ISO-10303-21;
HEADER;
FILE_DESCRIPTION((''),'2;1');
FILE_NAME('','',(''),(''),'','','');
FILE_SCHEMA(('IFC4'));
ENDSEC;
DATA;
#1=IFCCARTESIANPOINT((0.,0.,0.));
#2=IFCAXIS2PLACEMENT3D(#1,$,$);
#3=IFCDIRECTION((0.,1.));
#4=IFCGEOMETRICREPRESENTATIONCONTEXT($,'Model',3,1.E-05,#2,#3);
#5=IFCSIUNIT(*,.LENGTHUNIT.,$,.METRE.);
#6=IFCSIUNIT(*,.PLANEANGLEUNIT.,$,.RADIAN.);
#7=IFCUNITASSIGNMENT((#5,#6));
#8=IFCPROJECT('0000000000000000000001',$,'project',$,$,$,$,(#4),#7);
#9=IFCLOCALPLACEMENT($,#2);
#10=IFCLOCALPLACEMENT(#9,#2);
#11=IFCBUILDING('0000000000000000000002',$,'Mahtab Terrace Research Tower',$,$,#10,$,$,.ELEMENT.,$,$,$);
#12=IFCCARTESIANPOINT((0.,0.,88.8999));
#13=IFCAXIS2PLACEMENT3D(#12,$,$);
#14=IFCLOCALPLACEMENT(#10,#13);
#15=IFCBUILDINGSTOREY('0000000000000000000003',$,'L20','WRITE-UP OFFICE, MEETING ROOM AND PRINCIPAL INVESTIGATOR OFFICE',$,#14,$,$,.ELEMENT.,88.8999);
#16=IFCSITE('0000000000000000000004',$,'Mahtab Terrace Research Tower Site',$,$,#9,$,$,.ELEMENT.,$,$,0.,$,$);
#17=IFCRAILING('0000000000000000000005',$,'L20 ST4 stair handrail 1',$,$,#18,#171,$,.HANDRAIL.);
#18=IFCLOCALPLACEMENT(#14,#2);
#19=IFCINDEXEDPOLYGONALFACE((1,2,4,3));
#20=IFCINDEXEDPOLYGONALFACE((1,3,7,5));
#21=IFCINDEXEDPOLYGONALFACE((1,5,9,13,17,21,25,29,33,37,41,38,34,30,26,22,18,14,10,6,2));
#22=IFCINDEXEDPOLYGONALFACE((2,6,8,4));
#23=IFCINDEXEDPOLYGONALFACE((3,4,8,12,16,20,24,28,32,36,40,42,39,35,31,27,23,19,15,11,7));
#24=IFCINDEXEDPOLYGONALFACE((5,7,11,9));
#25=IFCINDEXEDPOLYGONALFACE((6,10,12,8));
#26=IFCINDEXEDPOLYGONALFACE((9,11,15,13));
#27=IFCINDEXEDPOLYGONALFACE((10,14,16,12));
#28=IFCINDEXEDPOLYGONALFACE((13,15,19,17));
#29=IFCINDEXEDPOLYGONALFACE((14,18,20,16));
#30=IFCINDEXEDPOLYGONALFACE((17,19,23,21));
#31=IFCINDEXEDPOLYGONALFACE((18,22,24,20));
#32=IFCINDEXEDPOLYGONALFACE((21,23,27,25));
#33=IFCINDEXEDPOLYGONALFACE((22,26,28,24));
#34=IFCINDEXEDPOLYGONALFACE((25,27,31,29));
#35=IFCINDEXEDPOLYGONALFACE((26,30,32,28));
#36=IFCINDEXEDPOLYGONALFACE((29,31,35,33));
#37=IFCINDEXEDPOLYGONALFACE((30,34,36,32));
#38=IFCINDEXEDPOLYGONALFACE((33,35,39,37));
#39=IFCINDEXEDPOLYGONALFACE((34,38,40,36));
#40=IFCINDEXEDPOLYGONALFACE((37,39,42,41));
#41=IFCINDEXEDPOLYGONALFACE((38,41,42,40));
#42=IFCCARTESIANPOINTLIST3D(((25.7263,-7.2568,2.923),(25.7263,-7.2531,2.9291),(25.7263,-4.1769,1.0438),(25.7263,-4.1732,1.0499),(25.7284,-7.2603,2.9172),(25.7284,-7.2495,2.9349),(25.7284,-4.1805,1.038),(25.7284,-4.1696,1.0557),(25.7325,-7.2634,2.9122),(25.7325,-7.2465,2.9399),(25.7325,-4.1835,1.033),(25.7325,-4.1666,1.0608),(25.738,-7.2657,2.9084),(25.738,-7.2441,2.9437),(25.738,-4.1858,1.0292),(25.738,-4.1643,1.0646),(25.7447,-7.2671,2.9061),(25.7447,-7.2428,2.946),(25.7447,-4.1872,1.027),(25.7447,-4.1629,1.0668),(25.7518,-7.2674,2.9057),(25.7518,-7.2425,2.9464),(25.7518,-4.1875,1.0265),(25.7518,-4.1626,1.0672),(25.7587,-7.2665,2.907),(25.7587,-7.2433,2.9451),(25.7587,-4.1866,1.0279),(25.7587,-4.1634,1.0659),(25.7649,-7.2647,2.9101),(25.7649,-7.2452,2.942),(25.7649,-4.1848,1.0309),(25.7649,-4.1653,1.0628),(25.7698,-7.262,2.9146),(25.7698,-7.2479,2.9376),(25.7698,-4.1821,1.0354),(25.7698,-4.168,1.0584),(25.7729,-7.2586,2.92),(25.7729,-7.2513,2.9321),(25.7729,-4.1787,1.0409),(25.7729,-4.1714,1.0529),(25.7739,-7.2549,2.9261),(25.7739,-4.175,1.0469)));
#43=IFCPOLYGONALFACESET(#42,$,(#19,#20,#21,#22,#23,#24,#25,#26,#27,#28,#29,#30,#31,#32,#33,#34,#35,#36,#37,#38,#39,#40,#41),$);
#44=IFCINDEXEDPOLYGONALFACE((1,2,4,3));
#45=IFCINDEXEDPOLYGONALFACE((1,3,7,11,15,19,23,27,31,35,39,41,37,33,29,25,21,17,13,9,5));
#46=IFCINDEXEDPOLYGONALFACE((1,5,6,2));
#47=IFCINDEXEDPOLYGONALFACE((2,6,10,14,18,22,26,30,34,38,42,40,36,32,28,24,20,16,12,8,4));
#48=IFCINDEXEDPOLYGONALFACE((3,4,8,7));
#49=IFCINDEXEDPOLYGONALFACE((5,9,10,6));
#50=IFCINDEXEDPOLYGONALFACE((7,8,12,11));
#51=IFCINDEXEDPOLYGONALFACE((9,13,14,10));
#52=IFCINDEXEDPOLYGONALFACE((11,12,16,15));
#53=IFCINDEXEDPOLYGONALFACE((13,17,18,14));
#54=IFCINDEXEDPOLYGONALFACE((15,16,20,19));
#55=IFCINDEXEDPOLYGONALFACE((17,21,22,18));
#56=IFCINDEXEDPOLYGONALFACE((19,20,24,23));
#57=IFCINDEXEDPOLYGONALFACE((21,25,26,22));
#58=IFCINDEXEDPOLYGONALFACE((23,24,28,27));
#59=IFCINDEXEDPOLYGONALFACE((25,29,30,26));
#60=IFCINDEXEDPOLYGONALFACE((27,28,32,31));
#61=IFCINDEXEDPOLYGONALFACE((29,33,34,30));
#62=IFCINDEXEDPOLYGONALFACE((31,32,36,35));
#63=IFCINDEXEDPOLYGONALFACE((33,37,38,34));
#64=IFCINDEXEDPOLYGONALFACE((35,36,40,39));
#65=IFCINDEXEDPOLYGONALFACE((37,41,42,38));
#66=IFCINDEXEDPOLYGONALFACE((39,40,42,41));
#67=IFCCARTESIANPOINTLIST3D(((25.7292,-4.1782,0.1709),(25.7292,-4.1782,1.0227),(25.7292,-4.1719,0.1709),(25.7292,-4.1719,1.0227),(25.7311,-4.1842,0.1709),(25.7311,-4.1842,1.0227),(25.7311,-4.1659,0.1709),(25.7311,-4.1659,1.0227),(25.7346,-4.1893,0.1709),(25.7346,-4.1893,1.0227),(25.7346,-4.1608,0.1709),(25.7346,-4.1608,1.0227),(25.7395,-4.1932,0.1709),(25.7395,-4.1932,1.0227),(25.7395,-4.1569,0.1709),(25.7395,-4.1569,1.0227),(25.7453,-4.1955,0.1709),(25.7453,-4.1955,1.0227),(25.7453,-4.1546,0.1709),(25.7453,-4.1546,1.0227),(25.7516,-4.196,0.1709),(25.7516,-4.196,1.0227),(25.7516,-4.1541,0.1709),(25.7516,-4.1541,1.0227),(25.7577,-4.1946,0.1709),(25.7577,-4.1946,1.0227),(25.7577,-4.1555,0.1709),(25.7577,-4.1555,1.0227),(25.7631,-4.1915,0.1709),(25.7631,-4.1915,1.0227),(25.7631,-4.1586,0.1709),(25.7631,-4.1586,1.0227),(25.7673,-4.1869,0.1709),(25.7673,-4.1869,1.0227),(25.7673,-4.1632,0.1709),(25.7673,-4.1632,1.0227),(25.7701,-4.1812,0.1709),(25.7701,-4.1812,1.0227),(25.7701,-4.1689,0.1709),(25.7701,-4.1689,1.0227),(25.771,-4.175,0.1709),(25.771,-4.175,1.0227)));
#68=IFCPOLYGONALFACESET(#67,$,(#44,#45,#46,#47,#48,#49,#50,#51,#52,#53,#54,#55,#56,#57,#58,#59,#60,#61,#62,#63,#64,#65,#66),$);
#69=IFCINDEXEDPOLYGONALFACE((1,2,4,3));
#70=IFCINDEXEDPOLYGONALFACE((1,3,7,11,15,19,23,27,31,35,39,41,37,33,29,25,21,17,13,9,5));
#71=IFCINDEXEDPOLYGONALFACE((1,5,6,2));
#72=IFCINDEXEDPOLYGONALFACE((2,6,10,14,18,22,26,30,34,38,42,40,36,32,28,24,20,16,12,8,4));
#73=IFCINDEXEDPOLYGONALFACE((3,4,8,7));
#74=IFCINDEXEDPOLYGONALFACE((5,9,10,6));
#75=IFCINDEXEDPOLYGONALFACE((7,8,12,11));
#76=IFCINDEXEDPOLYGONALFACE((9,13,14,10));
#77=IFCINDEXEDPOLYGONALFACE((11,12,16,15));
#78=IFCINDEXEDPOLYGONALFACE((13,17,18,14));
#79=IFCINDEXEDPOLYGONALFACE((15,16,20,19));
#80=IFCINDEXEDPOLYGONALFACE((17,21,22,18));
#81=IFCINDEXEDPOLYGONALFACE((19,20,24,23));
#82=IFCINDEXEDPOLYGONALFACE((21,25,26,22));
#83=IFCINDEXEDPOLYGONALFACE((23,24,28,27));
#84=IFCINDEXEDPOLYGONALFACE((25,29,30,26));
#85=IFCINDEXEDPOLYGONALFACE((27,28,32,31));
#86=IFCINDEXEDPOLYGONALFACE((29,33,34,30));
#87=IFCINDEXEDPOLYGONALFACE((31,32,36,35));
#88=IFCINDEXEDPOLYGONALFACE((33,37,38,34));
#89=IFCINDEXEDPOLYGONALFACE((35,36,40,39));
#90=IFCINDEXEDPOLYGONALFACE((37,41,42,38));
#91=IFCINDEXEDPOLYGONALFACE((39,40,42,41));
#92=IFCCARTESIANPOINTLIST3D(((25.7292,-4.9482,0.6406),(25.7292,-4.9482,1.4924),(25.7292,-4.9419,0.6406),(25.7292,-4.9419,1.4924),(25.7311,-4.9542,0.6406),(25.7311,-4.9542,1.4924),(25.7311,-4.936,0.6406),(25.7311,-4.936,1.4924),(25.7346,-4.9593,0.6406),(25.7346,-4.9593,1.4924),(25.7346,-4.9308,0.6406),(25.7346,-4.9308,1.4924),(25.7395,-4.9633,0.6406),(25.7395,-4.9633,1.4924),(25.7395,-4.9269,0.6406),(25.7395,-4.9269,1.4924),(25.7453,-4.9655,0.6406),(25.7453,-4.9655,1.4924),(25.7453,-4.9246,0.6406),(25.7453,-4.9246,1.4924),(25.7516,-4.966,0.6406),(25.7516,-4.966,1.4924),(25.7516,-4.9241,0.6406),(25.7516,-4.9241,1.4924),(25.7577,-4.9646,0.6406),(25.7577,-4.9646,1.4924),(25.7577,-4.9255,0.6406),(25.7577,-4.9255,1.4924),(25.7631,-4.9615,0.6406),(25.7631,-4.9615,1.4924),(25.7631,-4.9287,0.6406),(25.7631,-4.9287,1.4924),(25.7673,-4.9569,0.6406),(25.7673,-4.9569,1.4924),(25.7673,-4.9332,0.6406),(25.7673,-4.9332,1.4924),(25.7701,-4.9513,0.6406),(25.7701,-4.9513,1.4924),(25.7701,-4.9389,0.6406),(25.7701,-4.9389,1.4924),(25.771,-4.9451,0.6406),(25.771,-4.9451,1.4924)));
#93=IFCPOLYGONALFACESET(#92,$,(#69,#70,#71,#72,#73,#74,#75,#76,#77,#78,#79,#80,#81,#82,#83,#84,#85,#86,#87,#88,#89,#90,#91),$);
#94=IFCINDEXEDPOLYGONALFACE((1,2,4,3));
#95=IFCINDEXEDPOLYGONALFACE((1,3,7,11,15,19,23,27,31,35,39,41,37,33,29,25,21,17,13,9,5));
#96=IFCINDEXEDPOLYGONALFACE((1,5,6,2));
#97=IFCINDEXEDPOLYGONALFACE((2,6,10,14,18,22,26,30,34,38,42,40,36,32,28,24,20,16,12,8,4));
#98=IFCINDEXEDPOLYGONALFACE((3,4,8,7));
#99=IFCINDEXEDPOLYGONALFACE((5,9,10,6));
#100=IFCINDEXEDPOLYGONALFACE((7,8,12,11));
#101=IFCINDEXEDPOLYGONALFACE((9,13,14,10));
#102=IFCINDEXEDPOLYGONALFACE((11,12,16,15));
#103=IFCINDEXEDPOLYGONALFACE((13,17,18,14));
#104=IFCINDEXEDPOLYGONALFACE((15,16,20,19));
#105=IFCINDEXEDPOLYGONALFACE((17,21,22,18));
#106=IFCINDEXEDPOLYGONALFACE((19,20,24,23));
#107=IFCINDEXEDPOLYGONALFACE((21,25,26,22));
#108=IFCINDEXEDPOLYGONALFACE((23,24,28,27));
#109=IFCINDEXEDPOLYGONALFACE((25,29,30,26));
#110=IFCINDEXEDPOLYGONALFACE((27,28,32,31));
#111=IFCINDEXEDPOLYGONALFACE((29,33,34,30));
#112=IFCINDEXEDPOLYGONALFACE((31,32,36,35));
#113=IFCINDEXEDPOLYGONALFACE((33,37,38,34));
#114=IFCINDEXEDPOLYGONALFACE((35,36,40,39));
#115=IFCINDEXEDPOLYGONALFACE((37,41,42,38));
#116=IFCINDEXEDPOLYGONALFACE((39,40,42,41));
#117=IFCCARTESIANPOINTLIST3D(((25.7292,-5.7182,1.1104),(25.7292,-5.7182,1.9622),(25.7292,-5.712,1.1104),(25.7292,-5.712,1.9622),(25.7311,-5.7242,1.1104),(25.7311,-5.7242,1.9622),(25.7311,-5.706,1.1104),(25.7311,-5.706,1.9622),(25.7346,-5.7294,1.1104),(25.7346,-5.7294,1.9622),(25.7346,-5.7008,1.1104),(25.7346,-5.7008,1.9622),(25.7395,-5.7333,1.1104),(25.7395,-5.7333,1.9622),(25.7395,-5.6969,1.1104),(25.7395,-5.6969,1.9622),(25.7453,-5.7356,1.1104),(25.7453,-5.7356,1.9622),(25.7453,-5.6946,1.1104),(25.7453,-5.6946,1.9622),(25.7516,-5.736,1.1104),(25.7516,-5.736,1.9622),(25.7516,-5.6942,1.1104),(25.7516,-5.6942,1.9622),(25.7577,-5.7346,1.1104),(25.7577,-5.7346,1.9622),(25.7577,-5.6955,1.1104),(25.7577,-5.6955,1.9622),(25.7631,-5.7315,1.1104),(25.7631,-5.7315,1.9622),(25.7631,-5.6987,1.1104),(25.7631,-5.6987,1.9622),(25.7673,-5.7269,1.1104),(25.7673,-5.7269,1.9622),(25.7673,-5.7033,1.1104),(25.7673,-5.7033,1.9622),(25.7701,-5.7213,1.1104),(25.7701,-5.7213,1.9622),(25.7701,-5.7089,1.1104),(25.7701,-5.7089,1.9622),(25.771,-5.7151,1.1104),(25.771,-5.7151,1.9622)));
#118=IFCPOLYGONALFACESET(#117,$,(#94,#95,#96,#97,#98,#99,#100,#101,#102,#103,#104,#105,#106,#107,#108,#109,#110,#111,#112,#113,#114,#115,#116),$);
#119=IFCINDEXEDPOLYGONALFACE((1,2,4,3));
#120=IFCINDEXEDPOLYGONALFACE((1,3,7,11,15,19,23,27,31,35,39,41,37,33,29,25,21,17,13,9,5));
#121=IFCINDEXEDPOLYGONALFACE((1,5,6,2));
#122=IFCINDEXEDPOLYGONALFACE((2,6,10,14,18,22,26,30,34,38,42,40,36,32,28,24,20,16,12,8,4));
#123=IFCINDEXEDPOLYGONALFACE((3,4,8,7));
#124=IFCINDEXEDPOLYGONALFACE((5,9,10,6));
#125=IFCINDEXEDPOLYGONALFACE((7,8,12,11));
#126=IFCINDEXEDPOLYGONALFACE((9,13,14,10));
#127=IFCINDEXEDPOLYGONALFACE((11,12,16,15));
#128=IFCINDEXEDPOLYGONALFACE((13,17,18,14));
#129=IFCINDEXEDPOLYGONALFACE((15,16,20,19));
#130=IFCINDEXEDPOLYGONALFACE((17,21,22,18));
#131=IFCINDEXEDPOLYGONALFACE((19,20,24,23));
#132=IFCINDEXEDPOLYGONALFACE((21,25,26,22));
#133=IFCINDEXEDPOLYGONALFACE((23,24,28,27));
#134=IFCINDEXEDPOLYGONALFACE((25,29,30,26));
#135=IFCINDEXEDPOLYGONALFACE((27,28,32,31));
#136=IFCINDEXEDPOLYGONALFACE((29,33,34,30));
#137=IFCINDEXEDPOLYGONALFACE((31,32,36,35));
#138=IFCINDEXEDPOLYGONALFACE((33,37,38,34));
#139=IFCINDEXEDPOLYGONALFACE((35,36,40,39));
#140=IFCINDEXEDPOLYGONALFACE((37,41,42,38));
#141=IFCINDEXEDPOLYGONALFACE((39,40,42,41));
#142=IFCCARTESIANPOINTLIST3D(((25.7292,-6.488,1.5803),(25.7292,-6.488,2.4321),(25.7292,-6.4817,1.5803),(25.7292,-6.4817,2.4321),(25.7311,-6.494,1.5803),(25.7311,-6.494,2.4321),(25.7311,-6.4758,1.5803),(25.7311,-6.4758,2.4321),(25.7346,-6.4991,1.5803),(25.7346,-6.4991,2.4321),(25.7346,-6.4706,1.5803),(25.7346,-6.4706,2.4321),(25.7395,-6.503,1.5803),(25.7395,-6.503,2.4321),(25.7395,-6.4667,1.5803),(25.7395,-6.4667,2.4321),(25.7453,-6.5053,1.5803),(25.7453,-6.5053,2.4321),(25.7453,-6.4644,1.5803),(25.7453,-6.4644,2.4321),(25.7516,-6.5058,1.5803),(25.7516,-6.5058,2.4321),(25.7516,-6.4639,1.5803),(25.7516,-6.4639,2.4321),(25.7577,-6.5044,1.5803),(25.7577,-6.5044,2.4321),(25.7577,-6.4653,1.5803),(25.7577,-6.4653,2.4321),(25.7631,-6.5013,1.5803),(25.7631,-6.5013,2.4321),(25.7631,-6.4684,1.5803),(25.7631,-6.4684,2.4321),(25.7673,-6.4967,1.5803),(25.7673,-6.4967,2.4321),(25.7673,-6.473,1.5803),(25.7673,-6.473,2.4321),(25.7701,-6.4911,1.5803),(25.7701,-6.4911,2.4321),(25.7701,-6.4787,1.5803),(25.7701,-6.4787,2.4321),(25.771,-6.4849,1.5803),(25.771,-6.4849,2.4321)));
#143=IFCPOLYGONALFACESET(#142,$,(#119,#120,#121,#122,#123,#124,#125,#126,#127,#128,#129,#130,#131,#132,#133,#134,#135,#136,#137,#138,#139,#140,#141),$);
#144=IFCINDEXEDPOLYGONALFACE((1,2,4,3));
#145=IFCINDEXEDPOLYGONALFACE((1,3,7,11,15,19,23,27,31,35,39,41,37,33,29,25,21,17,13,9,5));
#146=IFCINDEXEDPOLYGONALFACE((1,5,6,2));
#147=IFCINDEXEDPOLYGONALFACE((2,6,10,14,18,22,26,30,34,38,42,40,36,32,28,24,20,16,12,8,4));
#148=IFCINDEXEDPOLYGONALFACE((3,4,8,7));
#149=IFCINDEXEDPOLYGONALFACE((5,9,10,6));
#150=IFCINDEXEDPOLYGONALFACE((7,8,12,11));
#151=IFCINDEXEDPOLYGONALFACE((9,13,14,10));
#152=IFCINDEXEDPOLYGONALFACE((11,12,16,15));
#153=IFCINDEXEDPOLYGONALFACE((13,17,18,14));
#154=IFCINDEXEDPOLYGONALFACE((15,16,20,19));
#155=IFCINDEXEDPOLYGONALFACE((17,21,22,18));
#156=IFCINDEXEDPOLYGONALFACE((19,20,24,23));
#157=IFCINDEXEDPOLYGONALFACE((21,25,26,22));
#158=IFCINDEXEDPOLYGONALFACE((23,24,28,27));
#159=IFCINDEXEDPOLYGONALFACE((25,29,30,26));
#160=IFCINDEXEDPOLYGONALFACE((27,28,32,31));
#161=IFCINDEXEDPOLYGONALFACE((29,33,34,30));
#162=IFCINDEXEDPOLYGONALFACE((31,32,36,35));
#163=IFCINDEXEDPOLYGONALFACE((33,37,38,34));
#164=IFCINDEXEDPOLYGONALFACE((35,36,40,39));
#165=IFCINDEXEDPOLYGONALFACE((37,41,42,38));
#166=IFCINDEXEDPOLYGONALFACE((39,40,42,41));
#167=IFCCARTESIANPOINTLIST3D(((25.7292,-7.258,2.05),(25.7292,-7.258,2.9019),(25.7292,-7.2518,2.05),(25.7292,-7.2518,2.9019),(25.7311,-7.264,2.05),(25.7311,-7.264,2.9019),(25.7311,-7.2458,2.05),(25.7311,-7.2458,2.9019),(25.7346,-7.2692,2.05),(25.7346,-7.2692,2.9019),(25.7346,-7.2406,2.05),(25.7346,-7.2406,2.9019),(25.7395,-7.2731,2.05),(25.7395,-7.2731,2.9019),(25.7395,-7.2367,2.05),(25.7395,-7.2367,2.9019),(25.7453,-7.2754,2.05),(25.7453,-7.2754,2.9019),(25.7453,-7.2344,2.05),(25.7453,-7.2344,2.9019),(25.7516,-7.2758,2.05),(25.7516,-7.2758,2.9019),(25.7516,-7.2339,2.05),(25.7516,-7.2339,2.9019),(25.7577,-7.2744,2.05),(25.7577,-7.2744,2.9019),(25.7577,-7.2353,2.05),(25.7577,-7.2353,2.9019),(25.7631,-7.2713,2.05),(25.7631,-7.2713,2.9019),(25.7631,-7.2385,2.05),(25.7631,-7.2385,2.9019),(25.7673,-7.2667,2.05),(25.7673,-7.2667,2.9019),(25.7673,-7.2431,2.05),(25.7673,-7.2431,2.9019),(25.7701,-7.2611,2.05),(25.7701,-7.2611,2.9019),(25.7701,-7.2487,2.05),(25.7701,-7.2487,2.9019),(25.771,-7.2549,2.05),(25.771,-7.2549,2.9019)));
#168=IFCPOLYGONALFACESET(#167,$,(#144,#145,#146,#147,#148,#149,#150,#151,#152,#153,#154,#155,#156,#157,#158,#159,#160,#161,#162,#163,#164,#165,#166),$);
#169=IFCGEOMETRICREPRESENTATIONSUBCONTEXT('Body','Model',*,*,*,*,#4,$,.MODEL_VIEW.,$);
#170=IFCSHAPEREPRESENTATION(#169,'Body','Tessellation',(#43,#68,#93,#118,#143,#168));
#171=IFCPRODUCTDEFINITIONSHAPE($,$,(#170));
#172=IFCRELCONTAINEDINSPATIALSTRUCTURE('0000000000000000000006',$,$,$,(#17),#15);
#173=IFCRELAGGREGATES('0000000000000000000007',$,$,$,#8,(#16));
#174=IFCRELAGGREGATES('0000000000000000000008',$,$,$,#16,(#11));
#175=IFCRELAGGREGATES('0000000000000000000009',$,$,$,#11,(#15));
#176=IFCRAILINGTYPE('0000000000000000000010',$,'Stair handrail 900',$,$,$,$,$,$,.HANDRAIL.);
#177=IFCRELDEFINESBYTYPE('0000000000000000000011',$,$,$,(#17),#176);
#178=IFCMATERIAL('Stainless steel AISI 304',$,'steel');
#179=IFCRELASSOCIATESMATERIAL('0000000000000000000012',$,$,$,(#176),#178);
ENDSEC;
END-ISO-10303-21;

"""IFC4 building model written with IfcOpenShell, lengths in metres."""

from ifc_helpers import new_model, si_unit, direction, frame, origin, origin_2d, place, context, subcontext, project, spatial, circle, extrude, material, type_object, element, save


model = new_model("IFC4")

# Units and contexts
model_context = context("Model", 3, precision=1e-05, world=origin(), true_north=direction((0.0, 1.0)))
body_context = subcontext(model_context, "Body", "Model", "MODEL_VIEW")
ifc_project = project(units=[si_unit("LENGTHUNIT", "METRE"), si_unit("PLANEANGLEUNIT", "RADIAN")], contexts=[model_context])

# Site, building, storey
site_placement = place(None, origin())
site = spatial("IfcSite", under=ifc_project, at=site_placement, Name="Mahtab Terrace Research Tower Site", CompositionType="ELEMENT", RefElevation=0.0)
building_placement = place(site_placement, origin())
building = spatial("IfcBuilding", under=site, at=building_placement, Name="Mahtab Terrace Research Tower", CompositionType="ELEMENT")
storey_placement = place(building_placement, frame((0.0, 0.0, 88.8999)))
storey = spatial("IfcBuildingStorey", under=building, at=storey_placement, Name="L20", Description="WRITE-UP OFFICE, MEETING ROOM AND PRINCIPAL INVESTIGATOR OFFICE", CompositionType="ELEMENT", Elevation=88.8999)

# Shared definitions
ifc_material_1 = material(Name="Stainless steel AISI 304", Category="steel")

# Railing
railing_type_1 = type_object("IfcRailingType", Name="Stair handrail 900", PredefinedType="HANDRAIL", material=ifc_material_1)
railing_1_placement = place(storey_placement, frame((25.75, -4.175, 0.1709)))
element("IfcRailing", 1, at=railing_1_placement, inside=storey, type_object=railing_type_1, Name="L20 ST4 stair handrail 1", PredefinedType="HANDRAIL", context=body_context, shape_type="SweptSolid", body=[
    extrude(circle(Radius=0.0239, at=origin_2d()), frame((0.0, 0.0, 0.876), z_axis=(0.0, -0.853648, 0.52085), x_axis=(1.0, 0.0, 0.0)), (0.0, 0.0, 1.0), 3.6079),
    extrude(circle(Radius=0.021, at=origin_2d()), origin(), (0.0, 0.0, 1.0), 0.8518),
    extrude(circle(Radius=0.021, at=origin_2d()), frame((0.0, -0.77, 0.4697)), (0.0, 0.0, 1.0), 0.8518),
    extrude(circle(Radius=0.021, at=origin_2d()), frame((0.0, -1.54, 0.9395)), (0.0, 0.0, 1.0), 0.8518),
    extrude(circle(Radius=0.021, at=origin_2d()), frame((0.0, -2.3098, 1.4094)), (0.0, 0.0, 1.0), 0.8518),
    extrude(circle(Radius=0.021, at=origin_2d()), frame((0.0, -3.0798, 1.8792)), (0.0, 0.0, 1.0), 0.8518),
])

save(model, "model.ifc")
